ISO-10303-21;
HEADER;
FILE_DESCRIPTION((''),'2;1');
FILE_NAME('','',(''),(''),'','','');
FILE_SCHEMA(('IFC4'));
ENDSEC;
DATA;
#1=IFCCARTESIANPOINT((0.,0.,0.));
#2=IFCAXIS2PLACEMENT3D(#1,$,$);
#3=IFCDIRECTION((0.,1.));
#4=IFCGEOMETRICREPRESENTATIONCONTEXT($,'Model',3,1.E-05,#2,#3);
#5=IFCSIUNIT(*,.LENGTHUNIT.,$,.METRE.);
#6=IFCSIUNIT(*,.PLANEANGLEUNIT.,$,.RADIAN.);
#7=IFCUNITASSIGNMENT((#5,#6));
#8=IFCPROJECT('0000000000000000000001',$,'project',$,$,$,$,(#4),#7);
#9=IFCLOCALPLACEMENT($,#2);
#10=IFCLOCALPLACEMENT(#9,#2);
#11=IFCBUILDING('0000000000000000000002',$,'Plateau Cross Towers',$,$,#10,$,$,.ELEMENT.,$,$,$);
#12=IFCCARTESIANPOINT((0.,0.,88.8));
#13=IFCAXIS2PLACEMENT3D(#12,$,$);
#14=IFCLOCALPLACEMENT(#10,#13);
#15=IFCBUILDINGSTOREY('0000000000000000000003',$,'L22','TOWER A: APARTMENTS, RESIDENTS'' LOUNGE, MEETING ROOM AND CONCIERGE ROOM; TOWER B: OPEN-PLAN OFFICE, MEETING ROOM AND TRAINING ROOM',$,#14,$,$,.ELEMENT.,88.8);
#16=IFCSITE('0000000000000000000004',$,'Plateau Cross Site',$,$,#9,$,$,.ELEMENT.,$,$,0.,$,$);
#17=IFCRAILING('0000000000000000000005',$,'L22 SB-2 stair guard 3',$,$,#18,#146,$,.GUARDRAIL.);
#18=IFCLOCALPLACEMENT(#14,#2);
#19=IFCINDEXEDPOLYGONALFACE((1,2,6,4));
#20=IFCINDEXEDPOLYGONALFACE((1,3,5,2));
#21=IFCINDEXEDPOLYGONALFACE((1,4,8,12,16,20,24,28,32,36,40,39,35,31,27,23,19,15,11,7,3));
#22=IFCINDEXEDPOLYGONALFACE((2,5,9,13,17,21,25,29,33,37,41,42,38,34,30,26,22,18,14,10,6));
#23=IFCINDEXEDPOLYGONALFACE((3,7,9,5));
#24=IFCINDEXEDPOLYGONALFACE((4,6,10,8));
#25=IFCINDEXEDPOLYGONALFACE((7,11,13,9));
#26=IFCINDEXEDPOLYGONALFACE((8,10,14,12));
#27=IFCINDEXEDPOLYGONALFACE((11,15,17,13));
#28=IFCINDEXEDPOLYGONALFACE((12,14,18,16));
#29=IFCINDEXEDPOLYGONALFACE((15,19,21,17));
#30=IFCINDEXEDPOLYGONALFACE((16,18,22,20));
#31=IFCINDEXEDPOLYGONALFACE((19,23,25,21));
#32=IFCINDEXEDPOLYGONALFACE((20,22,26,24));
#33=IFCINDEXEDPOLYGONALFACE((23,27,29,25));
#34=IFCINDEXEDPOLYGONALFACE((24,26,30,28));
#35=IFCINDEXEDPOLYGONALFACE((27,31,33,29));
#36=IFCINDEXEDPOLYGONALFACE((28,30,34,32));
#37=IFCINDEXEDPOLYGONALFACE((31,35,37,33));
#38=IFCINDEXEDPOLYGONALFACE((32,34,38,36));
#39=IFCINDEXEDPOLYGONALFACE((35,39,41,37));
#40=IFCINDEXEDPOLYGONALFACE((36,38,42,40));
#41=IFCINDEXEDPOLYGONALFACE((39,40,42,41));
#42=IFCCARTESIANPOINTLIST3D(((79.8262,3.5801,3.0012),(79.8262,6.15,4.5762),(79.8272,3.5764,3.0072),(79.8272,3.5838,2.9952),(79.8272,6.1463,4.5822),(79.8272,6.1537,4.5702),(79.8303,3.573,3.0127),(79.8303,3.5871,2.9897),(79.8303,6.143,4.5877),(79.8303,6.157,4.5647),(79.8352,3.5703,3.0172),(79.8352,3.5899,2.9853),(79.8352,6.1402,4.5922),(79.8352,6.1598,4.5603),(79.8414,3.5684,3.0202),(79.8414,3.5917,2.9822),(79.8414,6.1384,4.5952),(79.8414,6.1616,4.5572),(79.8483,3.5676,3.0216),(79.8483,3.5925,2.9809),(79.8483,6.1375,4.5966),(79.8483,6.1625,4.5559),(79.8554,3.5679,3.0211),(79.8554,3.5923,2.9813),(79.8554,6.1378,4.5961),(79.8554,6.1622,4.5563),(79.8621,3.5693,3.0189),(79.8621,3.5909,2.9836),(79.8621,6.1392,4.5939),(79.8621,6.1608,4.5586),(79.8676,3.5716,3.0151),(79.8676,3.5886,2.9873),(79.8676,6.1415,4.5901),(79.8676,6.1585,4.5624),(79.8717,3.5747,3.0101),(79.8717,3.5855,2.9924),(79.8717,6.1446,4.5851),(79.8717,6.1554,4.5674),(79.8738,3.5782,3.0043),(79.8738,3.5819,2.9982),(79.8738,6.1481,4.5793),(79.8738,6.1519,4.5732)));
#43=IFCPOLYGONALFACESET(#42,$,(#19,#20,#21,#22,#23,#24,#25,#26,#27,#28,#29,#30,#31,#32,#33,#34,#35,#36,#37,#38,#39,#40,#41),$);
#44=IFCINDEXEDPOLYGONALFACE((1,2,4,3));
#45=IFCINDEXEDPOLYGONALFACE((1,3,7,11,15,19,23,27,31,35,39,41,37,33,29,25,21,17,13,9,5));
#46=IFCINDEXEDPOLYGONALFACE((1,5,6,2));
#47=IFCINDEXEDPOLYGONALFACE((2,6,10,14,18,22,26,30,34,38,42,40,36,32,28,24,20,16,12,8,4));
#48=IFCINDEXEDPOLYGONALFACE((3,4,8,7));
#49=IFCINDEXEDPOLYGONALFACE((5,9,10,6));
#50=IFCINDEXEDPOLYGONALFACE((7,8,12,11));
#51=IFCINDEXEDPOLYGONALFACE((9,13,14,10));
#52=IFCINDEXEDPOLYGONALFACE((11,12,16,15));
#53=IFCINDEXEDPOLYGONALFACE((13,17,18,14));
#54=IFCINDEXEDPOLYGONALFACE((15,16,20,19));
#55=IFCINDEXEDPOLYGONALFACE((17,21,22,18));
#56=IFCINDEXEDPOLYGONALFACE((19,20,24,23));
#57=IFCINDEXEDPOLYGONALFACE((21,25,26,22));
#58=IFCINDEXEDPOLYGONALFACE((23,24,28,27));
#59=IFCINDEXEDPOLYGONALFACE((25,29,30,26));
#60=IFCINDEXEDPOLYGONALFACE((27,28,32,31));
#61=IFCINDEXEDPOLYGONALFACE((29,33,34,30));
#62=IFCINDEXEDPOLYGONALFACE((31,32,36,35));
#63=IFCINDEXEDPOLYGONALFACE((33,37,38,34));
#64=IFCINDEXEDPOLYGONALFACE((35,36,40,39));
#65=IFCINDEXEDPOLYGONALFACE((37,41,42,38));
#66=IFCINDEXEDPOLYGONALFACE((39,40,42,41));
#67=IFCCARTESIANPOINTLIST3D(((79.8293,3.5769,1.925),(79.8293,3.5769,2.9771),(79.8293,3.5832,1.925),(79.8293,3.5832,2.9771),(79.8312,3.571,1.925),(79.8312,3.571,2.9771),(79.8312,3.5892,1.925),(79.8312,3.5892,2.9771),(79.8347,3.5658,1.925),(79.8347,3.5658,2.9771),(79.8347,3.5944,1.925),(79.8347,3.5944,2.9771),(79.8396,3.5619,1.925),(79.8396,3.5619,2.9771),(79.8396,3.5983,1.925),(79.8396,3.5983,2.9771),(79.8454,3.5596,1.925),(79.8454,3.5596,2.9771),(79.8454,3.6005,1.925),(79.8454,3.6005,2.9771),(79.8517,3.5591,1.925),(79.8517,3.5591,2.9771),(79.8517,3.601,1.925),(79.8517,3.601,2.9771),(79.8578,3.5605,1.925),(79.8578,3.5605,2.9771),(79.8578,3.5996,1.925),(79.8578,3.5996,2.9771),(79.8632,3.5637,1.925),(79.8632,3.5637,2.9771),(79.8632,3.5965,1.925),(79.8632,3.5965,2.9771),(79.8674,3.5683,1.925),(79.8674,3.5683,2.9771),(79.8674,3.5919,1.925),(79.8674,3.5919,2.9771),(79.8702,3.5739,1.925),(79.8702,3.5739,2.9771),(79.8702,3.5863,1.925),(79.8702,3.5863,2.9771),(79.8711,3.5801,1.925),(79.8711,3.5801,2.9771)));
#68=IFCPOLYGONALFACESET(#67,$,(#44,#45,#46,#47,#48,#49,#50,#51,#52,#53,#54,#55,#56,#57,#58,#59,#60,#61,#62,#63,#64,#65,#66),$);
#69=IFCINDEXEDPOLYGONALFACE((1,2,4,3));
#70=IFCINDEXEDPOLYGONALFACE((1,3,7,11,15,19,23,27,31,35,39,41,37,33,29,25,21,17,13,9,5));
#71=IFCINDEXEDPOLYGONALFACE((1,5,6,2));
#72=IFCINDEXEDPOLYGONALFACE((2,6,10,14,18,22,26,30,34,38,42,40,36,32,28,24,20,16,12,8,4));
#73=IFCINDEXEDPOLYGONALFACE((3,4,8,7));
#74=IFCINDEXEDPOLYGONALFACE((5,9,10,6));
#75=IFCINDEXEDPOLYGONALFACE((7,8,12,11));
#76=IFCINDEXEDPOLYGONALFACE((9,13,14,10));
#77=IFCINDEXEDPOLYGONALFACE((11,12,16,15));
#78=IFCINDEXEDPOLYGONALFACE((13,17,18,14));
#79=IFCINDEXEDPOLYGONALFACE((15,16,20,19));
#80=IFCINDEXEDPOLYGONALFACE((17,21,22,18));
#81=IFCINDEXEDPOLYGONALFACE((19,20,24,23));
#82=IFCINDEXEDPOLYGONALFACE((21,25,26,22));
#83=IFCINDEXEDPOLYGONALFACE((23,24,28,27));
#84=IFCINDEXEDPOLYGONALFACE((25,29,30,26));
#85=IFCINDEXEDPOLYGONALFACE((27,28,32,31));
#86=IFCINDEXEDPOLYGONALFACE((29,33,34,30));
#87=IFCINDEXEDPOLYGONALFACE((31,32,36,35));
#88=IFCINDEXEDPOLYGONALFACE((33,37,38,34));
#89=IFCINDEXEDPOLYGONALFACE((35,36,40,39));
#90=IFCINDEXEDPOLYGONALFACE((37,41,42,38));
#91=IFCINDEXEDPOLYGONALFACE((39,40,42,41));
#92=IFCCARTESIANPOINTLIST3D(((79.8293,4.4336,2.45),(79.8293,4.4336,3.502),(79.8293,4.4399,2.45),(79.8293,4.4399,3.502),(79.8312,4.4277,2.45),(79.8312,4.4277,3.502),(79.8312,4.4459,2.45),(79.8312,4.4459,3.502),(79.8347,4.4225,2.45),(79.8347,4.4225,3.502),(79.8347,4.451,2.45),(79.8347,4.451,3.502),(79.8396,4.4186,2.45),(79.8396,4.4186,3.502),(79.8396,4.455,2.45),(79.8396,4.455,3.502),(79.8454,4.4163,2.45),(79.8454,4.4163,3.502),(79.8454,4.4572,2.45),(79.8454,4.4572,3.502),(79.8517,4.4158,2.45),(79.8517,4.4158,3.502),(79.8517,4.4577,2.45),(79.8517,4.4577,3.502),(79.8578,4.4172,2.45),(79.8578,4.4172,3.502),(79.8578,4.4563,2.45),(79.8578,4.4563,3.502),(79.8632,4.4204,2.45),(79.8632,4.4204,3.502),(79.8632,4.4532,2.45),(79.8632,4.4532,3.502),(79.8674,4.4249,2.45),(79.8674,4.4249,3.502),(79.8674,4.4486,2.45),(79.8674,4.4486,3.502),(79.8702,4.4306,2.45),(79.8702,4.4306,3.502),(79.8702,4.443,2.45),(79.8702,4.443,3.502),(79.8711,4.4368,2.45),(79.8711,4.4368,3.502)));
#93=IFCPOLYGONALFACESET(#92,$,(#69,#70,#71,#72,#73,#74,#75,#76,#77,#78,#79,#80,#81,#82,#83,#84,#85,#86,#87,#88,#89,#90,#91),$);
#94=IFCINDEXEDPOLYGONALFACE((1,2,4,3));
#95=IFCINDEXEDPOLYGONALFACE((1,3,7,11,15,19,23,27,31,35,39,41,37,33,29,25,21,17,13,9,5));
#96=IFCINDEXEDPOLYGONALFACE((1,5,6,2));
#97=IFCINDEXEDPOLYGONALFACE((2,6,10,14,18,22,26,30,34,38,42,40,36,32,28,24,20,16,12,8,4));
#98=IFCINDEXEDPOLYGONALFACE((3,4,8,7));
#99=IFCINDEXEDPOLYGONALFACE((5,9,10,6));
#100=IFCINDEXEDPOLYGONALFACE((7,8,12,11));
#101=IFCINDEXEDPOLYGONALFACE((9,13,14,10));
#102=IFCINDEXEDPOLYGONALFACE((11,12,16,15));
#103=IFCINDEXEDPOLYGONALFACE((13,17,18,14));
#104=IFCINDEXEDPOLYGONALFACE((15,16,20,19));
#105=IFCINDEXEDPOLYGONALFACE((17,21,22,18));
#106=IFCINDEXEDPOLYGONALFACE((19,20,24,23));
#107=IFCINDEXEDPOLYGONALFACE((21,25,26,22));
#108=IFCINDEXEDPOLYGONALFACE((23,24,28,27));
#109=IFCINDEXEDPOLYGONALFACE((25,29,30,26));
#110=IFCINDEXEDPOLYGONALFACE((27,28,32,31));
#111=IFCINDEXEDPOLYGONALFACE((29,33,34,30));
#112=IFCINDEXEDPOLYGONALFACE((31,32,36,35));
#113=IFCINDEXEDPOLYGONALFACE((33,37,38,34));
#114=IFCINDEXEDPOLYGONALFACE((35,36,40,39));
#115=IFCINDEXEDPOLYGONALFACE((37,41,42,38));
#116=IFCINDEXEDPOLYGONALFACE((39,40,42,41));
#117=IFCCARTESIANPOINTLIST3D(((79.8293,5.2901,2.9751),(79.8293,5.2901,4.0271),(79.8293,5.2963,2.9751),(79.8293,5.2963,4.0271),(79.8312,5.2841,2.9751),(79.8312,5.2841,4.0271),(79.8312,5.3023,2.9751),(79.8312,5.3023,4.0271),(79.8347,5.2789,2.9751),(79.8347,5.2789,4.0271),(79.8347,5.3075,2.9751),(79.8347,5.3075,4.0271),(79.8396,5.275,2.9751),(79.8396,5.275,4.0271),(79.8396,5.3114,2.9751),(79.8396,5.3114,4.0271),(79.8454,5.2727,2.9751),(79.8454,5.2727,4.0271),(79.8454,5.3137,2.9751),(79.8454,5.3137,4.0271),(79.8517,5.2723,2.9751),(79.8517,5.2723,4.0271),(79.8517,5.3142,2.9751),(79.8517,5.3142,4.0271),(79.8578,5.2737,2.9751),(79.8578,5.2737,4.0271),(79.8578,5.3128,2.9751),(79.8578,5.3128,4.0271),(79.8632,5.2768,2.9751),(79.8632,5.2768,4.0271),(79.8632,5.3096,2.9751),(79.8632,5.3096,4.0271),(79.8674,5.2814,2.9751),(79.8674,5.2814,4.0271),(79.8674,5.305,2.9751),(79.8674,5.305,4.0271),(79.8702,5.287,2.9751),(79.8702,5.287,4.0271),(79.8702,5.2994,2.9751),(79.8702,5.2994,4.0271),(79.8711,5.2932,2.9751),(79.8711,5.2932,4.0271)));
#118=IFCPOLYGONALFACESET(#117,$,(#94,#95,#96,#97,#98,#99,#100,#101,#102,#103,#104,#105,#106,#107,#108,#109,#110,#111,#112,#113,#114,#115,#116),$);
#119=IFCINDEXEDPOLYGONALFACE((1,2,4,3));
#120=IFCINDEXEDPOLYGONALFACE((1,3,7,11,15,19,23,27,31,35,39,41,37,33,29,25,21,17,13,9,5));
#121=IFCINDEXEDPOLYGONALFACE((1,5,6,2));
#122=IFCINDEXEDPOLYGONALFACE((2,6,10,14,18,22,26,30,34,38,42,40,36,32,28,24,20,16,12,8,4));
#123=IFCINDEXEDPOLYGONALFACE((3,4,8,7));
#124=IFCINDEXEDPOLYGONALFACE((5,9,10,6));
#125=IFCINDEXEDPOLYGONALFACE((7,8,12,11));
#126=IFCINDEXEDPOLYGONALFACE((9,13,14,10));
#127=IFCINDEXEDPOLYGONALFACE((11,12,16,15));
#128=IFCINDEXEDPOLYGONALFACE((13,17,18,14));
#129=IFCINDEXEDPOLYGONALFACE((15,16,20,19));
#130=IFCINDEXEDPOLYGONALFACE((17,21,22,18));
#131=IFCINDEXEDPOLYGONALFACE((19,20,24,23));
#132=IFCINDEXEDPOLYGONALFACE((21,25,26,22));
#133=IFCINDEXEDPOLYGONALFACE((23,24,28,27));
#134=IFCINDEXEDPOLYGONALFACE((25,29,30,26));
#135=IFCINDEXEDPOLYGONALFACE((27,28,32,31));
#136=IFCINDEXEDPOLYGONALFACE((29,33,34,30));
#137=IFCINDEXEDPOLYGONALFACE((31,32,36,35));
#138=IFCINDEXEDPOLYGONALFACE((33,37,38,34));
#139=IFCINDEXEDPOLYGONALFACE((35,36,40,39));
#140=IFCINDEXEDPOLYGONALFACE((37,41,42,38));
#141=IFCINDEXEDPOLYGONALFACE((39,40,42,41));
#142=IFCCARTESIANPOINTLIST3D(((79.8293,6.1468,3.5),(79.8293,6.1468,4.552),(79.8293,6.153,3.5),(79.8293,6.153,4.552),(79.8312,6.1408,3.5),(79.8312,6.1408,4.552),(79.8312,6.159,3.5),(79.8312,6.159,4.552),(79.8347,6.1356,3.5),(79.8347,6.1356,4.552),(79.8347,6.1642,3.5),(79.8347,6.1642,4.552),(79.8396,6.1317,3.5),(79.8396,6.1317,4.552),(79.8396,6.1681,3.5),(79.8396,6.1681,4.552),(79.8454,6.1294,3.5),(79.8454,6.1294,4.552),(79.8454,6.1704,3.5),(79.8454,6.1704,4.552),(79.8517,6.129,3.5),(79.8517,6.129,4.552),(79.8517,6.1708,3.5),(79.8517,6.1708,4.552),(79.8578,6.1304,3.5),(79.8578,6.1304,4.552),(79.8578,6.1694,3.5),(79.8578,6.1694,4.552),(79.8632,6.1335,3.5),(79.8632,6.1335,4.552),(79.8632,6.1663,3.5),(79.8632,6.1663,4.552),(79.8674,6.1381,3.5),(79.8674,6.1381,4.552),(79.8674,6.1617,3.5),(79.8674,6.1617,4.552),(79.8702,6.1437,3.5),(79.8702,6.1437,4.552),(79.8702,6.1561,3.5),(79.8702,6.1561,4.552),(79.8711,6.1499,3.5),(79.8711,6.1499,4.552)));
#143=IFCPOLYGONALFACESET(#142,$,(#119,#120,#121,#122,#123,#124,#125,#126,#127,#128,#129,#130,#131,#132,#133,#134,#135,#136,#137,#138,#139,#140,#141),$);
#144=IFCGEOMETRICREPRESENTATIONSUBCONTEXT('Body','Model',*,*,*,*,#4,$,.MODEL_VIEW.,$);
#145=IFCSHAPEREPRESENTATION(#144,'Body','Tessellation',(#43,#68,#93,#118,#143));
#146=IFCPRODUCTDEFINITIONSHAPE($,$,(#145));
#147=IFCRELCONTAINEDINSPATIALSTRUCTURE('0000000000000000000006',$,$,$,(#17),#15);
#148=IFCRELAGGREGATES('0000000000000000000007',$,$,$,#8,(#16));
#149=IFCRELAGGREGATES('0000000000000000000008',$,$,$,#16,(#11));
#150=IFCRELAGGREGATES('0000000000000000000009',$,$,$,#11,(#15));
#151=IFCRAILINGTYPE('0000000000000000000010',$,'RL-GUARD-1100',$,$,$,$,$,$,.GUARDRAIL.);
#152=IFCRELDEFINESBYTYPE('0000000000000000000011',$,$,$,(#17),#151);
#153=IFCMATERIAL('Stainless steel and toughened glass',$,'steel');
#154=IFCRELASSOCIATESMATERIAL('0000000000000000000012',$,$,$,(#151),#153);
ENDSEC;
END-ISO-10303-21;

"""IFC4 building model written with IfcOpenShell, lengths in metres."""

from ifc_helpers import new_model, si_unit, direction, frame, origin, origin_2d, place, context, subcontext, project, spatial, circle, extrude, material, type_object, element, save


model = new_model("IFC4")

# Units and contexts
model_context = context("Model", 3, precision=1e-05, world=origin(), true_north=direction((0.0, 1.0)))
body_context = subcontext(model_context, "Body", "Model", "MODEL_VIEW")
ifc_project = project(units=[si_unit("LENGTHUNIT", "METRE"), si_unit("PLANEANGLEUNIT", "RADIAN")], contexts=[model_context])

# Site, building, storey
site_placement = place(None, origin())
site = spatial("IfcSite", under=ifc_project, at=site_placement, Name="Plateau Cross Site", CompositionType="ELEMENT", RefElevation=0.0)
building_placement = place(site_placement, origin())
building = spatial("IfcBuilding", under=site, at=building_placement, Name="Plateau Cross Towers", CompositionType="ELEMENT")
storey_placement = place(building_placement, frame((0.0, 0.0, 88.8)))
storey = spatial("IfcBuildingStorey", under=building, at=storey_placement, Name="L22", Description="TOWER A: APARTMENTS, RESIDENTS' LOUNGE, MEETING ROOM AND CONCIERGE ROOM; TOWER B: OPEN-PLAN OFFICE, MEETING ROOM AND TRAINING ROOM", CompositionType="ELEMENT", Elevation=88.8)

# Railing
ifc_material_1 = material(Name="Stainless steel and toughened glass", Category="steel")
railing_type_1 = type_object("IfcRailingType", Name="RL-GUARD-1100", PredefinedType="GUARDRAIL", material=ifc_material_1)
railing_1_placement = place(storey_placement, frame((79.8501, 3.5801, 1.925)))
element("IfcRailing", 1, at=railing_1_placement, inside=storey, type_object=railing_type_1, Name="L22 SB-2 stair guard 3", PredefinedType="GUARDRAIL", context=body_context, shape_type="SweptSolid", body=[
    extrude(circle(Radius=0.0239, at=origin_2d()), frame((0.0, 0.0, 1.0762), z_axis=(0.0, 0.852616, 0.522537), x_axis=(-1.0, 0.0, 0.0)), (0.0, 0.0, 1.0), 3.0142),
    extrude(circle(Radius=0.021, at=origin_2d()), origin(), (0.0, 0.0, 1.0), 1.052),
    extrude(circle(Radius=0.021, at=origin_2d()), frame((0.0, 0.8567, 0.5249)), (0.0, 0.0, 1.0), 1.052),
    extrude(circle(Radius=0.021, at=origin_2d()), frame((0.0, 1.7131, 1.05)), (0.0, 0.0, 1.0), 1.052),
    extrude(circle(Radius=0.021, at=origin_2d()), frame((0.0, 2.5698, 1.575)), (0.0, 0.0, 1.0), 1.052),
])

save(model, "model.ifc")
